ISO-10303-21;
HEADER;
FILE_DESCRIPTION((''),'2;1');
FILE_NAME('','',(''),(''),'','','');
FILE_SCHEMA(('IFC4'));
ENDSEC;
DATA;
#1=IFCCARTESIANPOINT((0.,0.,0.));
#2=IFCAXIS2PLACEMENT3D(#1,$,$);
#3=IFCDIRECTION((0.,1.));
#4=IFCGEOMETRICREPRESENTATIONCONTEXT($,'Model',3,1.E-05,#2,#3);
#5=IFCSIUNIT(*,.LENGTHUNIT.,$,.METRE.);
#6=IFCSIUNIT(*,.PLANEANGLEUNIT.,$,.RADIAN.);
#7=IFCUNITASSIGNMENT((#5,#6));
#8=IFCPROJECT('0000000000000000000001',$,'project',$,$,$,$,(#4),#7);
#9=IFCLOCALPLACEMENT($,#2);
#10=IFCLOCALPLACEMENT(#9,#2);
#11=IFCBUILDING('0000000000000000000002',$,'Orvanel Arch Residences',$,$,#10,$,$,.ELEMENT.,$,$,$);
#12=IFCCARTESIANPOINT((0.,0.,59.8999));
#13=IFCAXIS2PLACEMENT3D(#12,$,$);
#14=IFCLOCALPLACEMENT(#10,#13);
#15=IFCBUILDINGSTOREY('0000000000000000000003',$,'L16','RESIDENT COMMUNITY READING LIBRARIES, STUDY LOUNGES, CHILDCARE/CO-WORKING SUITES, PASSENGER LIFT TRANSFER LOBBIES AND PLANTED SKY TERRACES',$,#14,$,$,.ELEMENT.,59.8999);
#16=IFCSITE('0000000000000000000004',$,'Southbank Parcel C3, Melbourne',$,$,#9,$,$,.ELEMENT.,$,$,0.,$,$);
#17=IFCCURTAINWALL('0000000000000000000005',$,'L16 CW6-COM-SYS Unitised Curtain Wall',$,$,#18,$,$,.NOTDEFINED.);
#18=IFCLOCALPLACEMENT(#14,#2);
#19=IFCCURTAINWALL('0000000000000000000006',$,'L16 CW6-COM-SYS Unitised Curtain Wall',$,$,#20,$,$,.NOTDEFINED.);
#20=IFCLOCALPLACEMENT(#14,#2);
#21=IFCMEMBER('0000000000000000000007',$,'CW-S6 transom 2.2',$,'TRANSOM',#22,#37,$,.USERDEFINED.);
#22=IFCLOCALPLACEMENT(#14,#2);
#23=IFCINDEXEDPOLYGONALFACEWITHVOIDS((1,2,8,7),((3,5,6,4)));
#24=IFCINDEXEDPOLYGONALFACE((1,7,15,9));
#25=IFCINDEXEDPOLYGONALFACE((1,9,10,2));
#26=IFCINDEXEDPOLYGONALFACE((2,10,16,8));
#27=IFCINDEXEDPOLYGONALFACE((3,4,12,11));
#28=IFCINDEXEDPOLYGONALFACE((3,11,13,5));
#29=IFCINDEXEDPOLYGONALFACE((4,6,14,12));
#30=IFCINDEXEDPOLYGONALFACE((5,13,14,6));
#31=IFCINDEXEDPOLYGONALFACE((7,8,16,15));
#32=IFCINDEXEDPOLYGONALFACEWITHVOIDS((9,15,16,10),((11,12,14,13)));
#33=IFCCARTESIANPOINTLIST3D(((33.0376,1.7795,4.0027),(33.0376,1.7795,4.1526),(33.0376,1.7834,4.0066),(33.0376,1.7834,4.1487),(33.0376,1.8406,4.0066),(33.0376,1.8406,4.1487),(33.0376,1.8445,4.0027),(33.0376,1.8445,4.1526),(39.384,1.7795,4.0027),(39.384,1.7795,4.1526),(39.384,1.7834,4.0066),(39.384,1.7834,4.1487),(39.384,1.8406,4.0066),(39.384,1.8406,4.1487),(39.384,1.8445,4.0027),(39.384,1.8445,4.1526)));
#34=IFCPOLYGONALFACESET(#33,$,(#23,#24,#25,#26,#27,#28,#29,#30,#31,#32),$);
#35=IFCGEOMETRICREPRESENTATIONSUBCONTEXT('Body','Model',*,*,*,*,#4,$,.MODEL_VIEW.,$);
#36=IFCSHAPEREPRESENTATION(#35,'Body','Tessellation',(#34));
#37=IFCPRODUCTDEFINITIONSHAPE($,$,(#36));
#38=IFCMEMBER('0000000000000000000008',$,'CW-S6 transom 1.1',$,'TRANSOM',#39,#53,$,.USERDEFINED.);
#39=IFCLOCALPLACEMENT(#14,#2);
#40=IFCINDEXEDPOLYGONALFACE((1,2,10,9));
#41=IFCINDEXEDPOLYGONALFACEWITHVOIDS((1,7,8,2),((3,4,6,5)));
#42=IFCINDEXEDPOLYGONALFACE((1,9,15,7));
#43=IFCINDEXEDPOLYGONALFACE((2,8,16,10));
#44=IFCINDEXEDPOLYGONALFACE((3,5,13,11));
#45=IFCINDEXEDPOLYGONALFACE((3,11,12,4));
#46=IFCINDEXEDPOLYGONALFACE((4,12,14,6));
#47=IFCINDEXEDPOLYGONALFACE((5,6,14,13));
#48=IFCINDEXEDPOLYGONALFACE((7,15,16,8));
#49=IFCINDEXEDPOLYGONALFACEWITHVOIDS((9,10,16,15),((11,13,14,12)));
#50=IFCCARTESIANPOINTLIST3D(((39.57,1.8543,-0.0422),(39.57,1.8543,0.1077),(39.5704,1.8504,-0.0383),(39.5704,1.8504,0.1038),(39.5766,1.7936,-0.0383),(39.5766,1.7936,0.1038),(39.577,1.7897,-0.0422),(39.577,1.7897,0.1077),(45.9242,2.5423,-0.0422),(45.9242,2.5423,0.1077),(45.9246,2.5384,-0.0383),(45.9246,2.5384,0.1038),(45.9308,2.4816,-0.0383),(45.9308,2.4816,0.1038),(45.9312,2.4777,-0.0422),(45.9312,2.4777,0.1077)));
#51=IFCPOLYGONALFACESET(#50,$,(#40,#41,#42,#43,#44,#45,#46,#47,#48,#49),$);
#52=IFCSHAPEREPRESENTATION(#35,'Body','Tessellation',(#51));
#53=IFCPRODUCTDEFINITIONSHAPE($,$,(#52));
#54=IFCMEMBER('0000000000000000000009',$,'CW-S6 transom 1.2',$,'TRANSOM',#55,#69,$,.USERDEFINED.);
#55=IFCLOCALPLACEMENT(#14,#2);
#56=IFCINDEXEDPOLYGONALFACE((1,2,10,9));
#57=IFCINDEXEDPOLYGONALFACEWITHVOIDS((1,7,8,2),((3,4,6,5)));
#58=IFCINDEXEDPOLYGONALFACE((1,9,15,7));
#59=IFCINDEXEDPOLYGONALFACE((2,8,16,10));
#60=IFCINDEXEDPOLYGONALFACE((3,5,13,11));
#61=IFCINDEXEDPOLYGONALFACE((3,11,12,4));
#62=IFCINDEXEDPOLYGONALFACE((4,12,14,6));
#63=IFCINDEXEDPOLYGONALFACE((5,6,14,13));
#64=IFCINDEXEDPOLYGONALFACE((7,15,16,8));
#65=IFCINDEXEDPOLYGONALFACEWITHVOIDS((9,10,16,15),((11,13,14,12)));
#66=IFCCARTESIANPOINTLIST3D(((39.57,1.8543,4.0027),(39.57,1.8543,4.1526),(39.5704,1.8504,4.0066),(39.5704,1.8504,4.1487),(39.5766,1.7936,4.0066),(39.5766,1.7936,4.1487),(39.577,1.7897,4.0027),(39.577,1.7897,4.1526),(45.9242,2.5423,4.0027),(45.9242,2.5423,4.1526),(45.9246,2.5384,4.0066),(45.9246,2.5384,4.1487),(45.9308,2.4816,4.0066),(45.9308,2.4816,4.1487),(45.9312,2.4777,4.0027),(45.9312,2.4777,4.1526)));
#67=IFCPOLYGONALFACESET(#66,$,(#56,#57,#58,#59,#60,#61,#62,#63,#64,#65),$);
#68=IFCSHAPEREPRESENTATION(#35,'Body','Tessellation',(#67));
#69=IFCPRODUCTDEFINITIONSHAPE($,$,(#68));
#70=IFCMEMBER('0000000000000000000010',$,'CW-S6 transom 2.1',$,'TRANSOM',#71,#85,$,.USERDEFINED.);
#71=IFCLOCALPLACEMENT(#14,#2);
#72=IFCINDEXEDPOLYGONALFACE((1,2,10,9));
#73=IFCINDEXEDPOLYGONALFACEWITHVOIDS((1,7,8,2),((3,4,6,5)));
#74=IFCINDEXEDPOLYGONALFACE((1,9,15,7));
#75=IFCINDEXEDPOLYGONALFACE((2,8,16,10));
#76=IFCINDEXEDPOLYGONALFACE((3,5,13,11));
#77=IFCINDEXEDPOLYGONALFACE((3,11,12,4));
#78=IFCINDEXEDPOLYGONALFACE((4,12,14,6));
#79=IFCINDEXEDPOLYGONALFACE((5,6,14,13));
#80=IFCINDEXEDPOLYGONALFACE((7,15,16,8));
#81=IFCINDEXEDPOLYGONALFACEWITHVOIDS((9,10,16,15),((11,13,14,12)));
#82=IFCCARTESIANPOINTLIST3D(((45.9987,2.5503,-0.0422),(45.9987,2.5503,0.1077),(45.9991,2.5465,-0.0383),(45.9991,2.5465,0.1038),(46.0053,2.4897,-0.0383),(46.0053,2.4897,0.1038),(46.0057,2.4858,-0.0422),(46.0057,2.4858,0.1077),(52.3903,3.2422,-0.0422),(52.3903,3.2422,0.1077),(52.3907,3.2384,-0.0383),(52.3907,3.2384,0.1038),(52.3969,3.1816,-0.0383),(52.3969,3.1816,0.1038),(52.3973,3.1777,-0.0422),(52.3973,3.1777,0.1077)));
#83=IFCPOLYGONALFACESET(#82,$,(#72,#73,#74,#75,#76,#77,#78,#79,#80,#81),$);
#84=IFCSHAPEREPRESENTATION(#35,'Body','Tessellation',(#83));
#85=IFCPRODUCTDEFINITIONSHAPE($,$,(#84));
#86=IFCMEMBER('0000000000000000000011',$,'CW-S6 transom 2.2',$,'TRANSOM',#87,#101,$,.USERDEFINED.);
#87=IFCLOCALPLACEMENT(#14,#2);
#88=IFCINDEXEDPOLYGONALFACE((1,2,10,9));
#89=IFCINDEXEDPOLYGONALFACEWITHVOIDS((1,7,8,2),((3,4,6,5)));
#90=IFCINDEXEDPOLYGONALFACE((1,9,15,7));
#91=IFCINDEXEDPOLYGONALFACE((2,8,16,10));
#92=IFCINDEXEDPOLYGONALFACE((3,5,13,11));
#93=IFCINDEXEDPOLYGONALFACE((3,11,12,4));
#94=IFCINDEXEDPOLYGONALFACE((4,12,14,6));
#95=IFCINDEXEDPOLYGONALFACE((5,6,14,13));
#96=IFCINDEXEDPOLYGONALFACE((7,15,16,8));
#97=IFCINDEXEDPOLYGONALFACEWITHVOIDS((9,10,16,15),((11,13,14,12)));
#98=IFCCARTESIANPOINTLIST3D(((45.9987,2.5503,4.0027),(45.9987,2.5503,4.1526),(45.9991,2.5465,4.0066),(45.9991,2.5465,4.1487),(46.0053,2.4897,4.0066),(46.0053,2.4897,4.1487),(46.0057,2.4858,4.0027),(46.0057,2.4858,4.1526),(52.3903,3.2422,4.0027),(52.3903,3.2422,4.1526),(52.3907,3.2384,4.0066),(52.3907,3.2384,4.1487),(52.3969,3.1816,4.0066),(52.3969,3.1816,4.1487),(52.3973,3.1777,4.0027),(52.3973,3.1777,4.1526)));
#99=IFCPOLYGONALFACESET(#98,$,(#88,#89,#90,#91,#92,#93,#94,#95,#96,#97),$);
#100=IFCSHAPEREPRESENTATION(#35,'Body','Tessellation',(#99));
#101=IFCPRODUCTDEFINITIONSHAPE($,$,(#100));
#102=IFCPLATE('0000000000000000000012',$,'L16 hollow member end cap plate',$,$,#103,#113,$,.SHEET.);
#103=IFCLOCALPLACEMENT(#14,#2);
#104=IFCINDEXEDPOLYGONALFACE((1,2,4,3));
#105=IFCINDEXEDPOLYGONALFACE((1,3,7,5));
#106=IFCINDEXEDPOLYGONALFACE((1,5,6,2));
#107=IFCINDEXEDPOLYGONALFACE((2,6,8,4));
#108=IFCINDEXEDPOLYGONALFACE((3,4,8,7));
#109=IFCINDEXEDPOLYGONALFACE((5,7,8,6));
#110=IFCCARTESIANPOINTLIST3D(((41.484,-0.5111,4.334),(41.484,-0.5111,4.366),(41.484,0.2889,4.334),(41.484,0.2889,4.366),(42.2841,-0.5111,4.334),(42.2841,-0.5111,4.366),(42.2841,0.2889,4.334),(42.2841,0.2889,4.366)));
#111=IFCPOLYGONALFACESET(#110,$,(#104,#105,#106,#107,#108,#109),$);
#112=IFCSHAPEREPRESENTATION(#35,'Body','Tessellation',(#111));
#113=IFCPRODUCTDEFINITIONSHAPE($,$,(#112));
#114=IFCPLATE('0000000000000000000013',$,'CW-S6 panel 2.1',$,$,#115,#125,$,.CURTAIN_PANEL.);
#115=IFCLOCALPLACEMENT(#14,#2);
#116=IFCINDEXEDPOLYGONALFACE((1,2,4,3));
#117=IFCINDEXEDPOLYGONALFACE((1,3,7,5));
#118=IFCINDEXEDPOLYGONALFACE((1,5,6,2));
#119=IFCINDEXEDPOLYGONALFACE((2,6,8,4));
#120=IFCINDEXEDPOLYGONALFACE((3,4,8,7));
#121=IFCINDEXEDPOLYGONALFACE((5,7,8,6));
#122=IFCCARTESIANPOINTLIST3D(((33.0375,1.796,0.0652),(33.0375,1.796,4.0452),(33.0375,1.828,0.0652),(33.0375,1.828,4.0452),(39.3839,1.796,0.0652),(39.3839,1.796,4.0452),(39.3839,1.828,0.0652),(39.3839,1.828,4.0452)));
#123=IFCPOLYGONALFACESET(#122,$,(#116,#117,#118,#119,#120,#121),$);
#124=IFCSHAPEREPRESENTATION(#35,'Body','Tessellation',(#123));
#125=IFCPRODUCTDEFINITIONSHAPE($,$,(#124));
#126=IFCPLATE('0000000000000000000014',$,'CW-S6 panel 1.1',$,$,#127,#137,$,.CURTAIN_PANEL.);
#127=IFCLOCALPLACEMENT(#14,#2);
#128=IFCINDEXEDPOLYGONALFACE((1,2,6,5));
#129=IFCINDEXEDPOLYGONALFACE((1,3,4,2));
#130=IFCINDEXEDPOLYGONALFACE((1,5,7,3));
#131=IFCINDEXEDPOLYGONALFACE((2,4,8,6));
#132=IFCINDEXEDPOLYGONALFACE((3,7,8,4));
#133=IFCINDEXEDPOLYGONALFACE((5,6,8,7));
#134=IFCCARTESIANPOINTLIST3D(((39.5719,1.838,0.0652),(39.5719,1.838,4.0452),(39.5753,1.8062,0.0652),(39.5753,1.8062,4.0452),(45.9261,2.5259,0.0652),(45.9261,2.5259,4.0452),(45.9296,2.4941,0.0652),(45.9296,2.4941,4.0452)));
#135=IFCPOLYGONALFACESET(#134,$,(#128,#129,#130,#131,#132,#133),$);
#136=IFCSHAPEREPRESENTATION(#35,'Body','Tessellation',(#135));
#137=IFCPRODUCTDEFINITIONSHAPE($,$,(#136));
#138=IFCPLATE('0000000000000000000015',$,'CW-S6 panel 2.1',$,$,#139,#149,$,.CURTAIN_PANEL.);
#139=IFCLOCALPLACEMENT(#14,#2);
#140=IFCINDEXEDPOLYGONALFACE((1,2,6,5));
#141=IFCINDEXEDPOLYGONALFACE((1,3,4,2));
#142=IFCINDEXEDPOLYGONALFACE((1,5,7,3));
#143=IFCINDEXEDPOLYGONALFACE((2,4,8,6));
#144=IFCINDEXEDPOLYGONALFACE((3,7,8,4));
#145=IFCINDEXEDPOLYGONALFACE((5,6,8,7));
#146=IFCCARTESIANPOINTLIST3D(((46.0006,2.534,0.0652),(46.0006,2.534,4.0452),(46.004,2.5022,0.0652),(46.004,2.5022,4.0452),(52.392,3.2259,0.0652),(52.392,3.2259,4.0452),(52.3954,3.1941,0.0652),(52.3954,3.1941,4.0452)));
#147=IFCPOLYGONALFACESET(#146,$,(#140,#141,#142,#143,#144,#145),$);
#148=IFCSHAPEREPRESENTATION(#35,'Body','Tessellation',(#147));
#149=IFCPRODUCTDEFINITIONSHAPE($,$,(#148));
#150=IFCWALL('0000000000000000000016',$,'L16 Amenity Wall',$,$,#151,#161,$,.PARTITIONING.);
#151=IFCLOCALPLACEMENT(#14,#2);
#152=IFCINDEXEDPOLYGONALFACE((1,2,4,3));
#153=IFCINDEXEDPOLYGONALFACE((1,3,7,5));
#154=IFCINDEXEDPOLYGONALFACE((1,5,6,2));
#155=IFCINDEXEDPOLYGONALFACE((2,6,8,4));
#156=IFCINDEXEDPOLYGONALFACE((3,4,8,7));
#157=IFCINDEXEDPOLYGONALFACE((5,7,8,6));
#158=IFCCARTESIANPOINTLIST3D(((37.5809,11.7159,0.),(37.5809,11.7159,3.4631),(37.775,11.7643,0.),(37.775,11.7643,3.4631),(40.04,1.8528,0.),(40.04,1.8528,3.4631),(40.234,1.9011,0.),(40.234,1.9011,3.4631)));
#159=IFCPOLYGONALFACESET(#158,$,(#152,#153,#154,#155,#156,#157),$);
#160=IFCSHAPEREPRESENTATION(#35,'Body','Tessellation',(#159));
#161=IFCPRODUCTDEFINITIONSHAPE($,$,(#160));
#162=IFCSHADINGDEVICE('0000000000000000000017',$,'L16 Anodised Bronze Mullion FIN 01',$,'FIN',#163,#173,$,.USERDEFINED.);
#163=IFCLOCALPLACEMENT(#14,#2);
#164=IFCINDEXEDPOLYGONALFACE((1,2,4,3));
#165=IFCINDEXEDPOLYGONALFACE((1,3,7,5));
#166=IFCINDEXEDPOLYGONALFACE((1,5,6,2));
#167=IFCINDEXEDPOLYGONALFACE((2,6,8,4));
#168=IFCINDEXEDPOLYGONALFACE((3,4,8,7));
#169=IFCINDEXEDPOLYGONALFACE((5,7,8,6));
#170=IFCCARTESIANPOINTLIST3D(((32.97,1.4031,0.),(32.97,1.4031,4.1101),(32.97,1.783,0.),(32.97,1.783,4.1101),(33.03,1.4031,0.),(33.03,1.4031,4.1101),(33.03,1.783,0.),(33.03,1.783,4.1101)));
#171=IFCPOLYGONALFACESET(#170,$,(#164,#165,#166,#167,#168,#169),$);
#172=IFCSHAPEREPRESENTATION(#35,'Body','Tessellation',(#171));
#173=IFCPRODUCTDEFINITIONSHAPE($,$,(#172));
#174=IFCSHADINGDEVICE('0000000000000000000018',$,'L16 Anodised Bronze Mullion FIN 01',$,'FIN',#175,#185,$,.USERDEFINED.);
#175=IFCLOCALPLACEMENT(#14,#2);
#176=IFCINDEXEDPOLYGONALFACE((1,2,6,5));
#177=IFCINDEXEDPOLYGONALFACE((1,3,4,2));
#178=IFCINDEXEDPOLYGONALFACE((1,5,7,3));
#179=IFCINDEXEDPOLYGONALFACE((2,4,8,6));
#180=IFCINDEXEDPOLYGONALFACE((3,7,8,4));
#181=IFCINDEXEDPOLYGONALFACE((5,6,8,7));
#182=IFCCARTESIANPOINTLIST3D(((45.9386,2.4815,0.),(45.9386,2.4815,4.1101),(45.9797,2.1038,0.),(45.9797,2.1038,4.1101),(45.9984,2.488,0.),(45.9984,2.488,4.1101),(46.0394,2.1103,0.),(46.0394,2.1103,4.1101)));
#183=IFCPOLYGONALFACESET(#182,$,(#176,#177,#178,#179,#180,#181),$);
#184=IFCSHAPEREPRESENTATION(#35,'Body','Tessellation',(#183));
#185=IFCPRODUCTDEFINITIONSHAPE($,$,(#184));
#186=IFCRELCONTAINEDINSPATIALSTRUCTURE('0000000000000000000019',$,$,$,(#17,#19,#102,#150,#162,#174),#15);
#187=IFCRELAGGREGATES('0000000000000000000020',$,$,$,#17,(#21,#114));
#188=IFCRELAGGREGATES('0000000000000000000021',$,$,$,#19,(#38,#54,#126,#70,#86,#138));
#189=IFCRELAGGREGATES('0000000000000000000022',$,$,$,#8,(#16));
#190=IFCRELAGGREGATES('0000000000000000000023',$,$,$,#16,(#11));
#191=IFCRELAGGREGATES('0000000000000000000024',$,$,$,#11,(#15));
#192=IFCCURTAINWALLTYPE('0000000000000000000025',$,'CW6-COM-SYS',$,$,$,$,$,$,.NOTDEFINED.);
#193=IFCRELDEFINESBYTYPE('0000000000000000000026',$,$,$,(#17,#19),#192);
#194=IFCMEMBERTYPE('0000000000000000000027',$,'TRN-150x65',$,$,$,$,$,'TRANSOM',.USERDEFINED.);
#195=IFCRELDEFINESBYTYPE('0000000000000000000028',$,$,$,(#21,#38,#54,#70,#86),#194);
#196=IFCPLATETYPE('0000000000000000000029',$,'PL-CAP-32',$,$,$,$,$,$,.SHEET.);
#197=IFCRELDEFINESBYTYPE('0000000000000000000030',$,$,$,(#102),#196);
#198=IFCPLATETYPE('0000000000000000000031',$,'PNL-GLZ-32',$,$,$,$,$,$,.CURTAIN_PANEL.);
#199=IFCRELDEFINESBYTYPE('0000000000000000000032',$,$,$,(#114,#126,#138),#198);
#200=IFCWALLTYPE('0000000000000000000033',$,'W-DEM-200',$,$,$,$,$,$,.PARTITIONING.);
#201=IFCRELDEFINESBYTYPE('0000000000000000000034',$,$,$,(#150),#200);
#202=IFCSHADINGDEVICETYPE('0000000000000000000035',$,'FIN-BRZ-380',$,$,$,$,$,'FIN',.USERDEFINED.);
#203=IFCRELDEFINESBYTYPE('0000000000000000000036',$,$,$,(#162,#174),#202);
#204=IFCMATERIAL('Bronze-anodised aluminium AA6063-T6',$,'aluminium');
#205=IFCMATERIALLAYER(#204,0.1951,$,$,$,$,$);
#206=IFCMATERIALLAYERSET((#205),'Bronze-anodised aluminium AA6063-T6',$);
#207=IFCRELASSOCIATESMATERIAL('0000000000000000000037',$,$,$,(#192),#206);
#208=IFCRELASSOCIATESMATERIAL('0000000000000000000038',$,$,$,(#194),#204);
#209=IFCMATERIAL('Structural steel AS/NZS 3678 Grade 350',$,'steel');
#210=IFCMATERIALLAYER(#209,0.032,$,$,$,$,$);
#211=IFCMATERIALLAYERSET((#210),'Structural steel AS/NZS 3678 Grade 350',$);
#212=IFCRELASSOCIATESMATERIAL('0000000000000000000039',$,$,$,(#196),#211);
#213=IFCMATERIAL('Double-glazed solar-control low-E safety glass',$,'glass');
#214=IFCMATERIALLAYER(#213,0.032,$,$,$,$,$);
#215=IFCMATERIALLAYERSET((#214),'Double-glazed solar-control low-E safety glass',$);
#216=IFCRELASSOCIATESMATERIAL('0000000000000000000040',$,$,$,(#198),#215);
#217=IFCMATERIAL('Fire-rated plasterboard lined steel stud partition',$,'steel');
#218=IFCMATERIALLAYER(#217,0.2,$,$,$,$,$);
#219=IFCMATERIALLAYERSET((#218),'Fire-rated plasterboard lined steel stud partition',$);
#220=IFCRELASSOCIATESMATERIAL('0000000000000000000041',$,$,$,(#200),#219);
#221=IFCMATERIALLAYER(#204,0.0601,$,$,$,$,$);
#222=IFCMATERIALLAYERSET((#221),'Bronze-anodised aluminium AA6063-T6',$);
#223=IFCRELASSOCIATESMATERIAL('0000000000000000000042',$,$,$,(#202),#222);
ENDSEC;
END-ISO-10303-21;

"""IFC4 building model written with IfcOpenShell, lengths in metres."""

from ifc_helpers import new_model, si_unit, direction, frame, frame_2d, origin, origin_2d, place, context, subcontext, project, spatial, rectangle, hollow_rectangle, extrude, material, layer, layer_set, material_profile, profile_set, type_object, element, aggregate, save


model = new_model("IFC4")

# Units and contexts
model_context = context("Model", 3, precision=1e-05, world=origin(), true_north=direction((0.0, 1.0)))
body_context = subcontext(model_context, "Body", "Model", "MODEL_VIEW")
ifc_project = project(units=[si_unit("LENGTHUNIT", "METRE"), si_unit("PLANEANGLEUNIT", "RADIAN")], contexts=[model_context])

# Site, building, storey
site_placement = place(None, origin())
site = spatial("IfcSite", under=ifc_project, at=site_placement, Name="Southbank Parcel C3, Melbourne", CompositionType="ELEMENT", RefElevation=0.0)
building_placement = place(site_placement, origin())
building = spatial("IfcBuilding", under=site, at=building_placement, Name="Orvanel Arch Residences", CompositionType="ELEMENT")
storey_placement = place(building_placement, frame((0.0, 0.0, 59.8999)))
storey = spatial("IfcBuildingStorey", under=building, at=storey_placement, Name="L16", Description="RESIDENT COMMUNITY READING LIBRARIES, STUDY LOUNGES, CHILDCARE/CO-WORKING SUITES, PASSENGER LIFT TRANSFER LOBBIES AND PLANTED SKY TERRACES", CompositionType="ELEMENT", Elevation=59.8999)

# Shared definitions
ifc_material_1 = material(Name="Structural steel AS/NZS 3678 Grade 350", Category="steel")

# Curtain walls
ifc_material_2 = material(Name="Bronze-anodised aluminium AA6063-T6", Category="aluminium")
ifc_layer_1 = layer(ifc_material_2, 0.1951)
ifc_layer_set_1 = layer_set([ifc_layer_1], Name="Bronze-anodised aluminium AA6063-T6")
curtain_wall_type = type_object("IfcCurtainWallType", Name="CW6-COM-SYS", PredefinedType="NOTDEFINED", material=ifc_layer_set_1)
curtain_wall_1_placement = place(storey_placement, origin())
curtain_wall_1 = element("IfcCurtainWall", 1, at=curtain_wall_1_placement, inside=storey, type_object=curtain_wall_type, Name="L16 CW6-COM-SYS Unitised Curtain Wall", PredefinedType="NOTDEFINED")
curtain_wall_2_placement = place(storey_placement, origin())
curtain_wall_2 = element("IfcCurtainWall", 2, at=curtain_wall_2_placement, inside=storey, type_object=curtain_wall_type, Name="L16 CW6-COM-SYS Unitised Curtain Wall", PredefinedType="NOTDEFINED")

# Members
ifc_material_profile_1 = material_profile(ifc_material_2, hollow_rectangle(XDim=0.0649, YDim=0.1499, WallThickness=0.0039, at=origin_2d()), Name="ALU150x65x4")
ifc_profile_set_1 = profile_set([ifc_material_profile_1], Name="Bronze-anodised aluminium AA6063-T6")
member_type_1 = type_object("IfcMemberType", Name="TRN-150x65", ElementType="TRANSOM", PredefinedType="USERDEFINED", material=ifc_profile_set_1)
member_1_placement = place(storey_placement, frame((33.0376, 1.812, 4.0776), z_axis=(1.0, 0.0, 0.0), x_axis=(0.0, 1.0, 0.0)))
member_1 = element("IfcMember", 3, at=member_1_placement, type_object=member_type_1, Name="CW-S6 transom 2.2", ObjectType="TRANSOM", PredefinedType="USERDEFINED", context=body_context, shape_type="SweptSolid", body=[
    extrude(hollow_rectangle(XDim=0.0649, YDim=0.1499, WallThickness=0.0039, at=origin_2d()), origin(), (0.0, 0.0, 1.0), 6.3464),
])
member_2_placement = place(storey_placement, frame((39.5735, 1.822, 0.0327), z_axis=(0.99419, 0.107643, 0.0), x_axis=(-0.107643, 0.99419, 0.0)))
member_2 = element("IfcMember", 4, at=member_2_placement, type_object=member_type_1, Name="CW-S6 transom 1.1", ObjectType="TRANSOM", PredefinedType="USERDEFINED", context=body_context, shape_type="SweptSolid", body=[
    extrude(hollow_rectangle(XDim=0.0649, YDim=0.1499, WallThickness=0.0039, at=origin_2d()), origin(), (0.0, 0.0, 1.0), 6.3914),
])
member_3_placement = place(storey_placement, frame((39.5735, 1.822, 4.0776), z_axis=(0.99419, 0.107643, 0.0), x_axis=(-0.107643, 0.99419, 0.0)))
member_3 = element("IfcMember", 5, at=member_3_placement, type_object=member_type_1, Name="CW-S6 transom 1.2", ObjectType="TRANSOM", PredefinedType="USERDEFINED", context=body_context, shape_type="SweptSolid", body=[
    extrude(hollow_rectangle(XDim=0.0649, YDim=0.1499, WallThickness=0.0039, at=origin_2d()), origin(), (0.0, 0.0, 1.0), 6.3914),
])
member_4_placement = place(storey_placement, frame((46.0022, 2.5181, 0.0327), z_axis=(0.994192, 0.107622, 0.0), x_axis=(-0.107622, 0.994192, 0.0)))
member_4 = element("IfcMember", 6, at=member_4_placement, type_object=member_type_1, Name="CW-S6 transom 2.1", ObjectType="TRANSOM", PredefinedType="USERDEFINED", context=body_context, shape_type="SweptSolid", body=[
    extrude(hollow_rectangle(XDim=0.0649, YDim=0.1499, WallThickness=0.0039, at=origin_2d()), origin(), (0.0, 0.0, 1.0), 6.429),
])
member_5_placement = place(storey_placement, frame((46.0022, 2.5181, 4.0776), z_axis=(0.994192, 0.107622, 0.0), x_axis=(-0.107622, 0.994192, 0.0)))
member_5 = element("IfcMember", 7, at=member_5_placement, type_object=member_type_1, Name="CW-S6 transom 2.2", ObjectType="TRANSOM", PredefinedType="USERDEFINED", context=body_context, shape_type="SweptSolid", body=[
    extrude(hollow_rectangle(XDim=0.0649, YDim=0.1499, WallThickness=0.0039, at=origin_2d()), origin(), (0.0, 0.0, 1.0), 6.429),
])

# Plates
ifc_layer_2 = layer(ifc_material_1, 0.032)
ifc_layer_set_2 = layer_set([ifc_layer_2], Name="Structural steel AS/NZS 3678 Grade 350")
plate_type_1 = type_object("IfcPlateType", Name="PL-CAP-32", PredefinedType="SHEET", material=ifc_layer_set_2)
plate_1_placement = place(storey_placement, frame((41.884, -0.1111, 4.334), z_axis=(0.0, 0.0, 1.0), x_axis=(1.0, 0.0, 0.0)))
element("IfcPlate", 8, at=plate_1_placement, inside=storey, type_object=plate_type_1, Name="L16 hollow member end cap plate", PredefinedType="SHEET", context=body_context, shape_type="SweptSolid", body=[
    extrude(rectangle(XDim=0.8, YDim=0.8, at=origin_2d()), origin(), (0.0, 0.0, 1.0), 0.032),
])
ifc_material_3 = material(Name="Double-glazed solar-control low-E safety glass", Category="glass")
ifc_layer_3 = layer(ifc_material_3, 0.032)
ifc_layer_set_3 = layer_set([ifc_layer_3], Name="Double-glazed solar-control low-E safety glass")
plate_type_2 = type_object("IfcPlateType", Name="PNL-GLZ-32", PredefinedType="CURTAIN_PANEL", material=ifc_layer_set_3)
plate_2_placement = place(storey_placement, frame((36.2107, 1.812, 0.0652), z_axis=(0.0, 0.0, 1.0), x_axis=(1.0, 0.0, 0.0)))
plate_2 = element("IfcPlate", 9, at=plate_2_placement, type_object=plate_type_2, Name="CW-S6 panel 2.1", PredefinedType="CURTAIN_PANEL", context=body_context, shape_type="SweptSolid", body=[
    extrude(rectangle(XDim=6.3464, YDim=0.032, at=origin_2d()), origin(), (0.0, 0.0, 1.0), 3.98),
])
aggregate(curtain_wall_1, [member_1, plate_2])
plate_3_placement = place(storey_placement, frame((42.7507, 2.166, 0.0652), z_axis=(0.0, 0.0, 1.0), x_axis=(0.994191, 0.10763, 0.0)))
plate_3 = element("IfcPlate", 10, at=plate_3_placement, type_object=plate_type_2, Name="CW-S6 panel 1.1", PredefinedType="CURTAIN_PANEL", context=body_context, shape_type="SweptSolid", body=[
    extrude(rectangle(XDim=6.3914, YDim=0.032, at=origin_2d()), origin(), (0.0, 0.0, 1.0), 3.98),
])
plate_4_placement = place(storey_placement, frame((49.198, 2.864, 0.0652), z_axis=(0.0, 0.0, 1.0), x_axis=(0.994191, 0.10763, 0.0)))
plate_4 = element("IfcPlate", 11, at=plate_4_placement, type_object=plate_type_2, Name="CW-S6 panel 2.1", PredefinedType="CURTAIN_PANEL", context=body_context, shape_type="SweptSolid", body=[
    extrude(rectangle(XDim=6.4287, YDim=0.032, at=origin_2d()), origin(), (0.0, 0.0, 1.0), 3.98),
])
aggregate(curtain_wall_2, [member_2, member_3, plate_3, member_4, member_5, plate_4])

# Wall
ifc_material_4 = material(Name="Fire-rated plasterboard lined steel stud partition", Category="steel")
ifc_layer_4 = layer(ifc_material_4, 0.2)
ifc_layer_set_4 = layer_set([ifc_layer_4], Name="Fire-rated plasterboard lined steel stud partition")
wall_type = type_object("IfcWallType", Name="W-DEM-200", PredefinedType="PARTITIONING", material=ifc_layer_set_4)
wall_placement = place(storey_placement, frame((40.137, 1.877, 0.0), z_axis=(0.0, 0.0, 1.0), x_axis=(-0.241908, 0.970299, 0.0)))
element("IfcWall", 12, at=wall_placement, inside=storey, type_object=wall_type, Name="L16 Amenity Wall", PredefinedType="PARTITIONING", context=body_context, shape_type="SweptSolid", body=[
    extrude(rectangle(XDim=10.165, YDim=0.2, at=frame_2d((5.0825, 0.0))), origin(), (0.0, 0.0, 1.0), 3.4631),
])

# Shading devices
ifc_layer_5 = layer(ifc_material_2, 0.0601)
ifc_layer_set_5 = layer_set([ifc_layer_5], Name="Bronze-anodised aluminium AA6063-T6")
shading_device_type = type_object("IfcShadingDeviceType", Name="FIN-BRZ-380", ElementType="FIN", PredefinedType="USERDEFINED", material=ifc_layer_set_5)
for number, where, z_axis, x_axis, name in (
    (13, (33.0, 1.593, 0.0), (0.0, 0.0, 1.0), (0.0, -1.0, 0.0), "L16 Anodised Bronze Mullion FIN 01"),
    (14, (45.989, 2.2959, 0.0), (0.0, 0.0, 1.0), (0.107999, -0.994151, 0.0), "L16 Anodised Bronze Mullion FIN 01"),
):
    element("IfcShadingDevice", number, at=place(storey_placement, frame(where, z_axis=z_axis, x_axis=x_axis)), inside=storey, type_object=shading_device_type, Name=name, ObjectType="FIN", PredefinedType="USERDEFINED", context=body_context, shape_type="SweptSolid", body=[
        extrude(rectangle(XDim=0.3799, YDim=0.0601, at=origin_2d()), origin(), (0.0, 0.0, 1.0), 4.1101),
    ])

save(model, "model.ifc")
